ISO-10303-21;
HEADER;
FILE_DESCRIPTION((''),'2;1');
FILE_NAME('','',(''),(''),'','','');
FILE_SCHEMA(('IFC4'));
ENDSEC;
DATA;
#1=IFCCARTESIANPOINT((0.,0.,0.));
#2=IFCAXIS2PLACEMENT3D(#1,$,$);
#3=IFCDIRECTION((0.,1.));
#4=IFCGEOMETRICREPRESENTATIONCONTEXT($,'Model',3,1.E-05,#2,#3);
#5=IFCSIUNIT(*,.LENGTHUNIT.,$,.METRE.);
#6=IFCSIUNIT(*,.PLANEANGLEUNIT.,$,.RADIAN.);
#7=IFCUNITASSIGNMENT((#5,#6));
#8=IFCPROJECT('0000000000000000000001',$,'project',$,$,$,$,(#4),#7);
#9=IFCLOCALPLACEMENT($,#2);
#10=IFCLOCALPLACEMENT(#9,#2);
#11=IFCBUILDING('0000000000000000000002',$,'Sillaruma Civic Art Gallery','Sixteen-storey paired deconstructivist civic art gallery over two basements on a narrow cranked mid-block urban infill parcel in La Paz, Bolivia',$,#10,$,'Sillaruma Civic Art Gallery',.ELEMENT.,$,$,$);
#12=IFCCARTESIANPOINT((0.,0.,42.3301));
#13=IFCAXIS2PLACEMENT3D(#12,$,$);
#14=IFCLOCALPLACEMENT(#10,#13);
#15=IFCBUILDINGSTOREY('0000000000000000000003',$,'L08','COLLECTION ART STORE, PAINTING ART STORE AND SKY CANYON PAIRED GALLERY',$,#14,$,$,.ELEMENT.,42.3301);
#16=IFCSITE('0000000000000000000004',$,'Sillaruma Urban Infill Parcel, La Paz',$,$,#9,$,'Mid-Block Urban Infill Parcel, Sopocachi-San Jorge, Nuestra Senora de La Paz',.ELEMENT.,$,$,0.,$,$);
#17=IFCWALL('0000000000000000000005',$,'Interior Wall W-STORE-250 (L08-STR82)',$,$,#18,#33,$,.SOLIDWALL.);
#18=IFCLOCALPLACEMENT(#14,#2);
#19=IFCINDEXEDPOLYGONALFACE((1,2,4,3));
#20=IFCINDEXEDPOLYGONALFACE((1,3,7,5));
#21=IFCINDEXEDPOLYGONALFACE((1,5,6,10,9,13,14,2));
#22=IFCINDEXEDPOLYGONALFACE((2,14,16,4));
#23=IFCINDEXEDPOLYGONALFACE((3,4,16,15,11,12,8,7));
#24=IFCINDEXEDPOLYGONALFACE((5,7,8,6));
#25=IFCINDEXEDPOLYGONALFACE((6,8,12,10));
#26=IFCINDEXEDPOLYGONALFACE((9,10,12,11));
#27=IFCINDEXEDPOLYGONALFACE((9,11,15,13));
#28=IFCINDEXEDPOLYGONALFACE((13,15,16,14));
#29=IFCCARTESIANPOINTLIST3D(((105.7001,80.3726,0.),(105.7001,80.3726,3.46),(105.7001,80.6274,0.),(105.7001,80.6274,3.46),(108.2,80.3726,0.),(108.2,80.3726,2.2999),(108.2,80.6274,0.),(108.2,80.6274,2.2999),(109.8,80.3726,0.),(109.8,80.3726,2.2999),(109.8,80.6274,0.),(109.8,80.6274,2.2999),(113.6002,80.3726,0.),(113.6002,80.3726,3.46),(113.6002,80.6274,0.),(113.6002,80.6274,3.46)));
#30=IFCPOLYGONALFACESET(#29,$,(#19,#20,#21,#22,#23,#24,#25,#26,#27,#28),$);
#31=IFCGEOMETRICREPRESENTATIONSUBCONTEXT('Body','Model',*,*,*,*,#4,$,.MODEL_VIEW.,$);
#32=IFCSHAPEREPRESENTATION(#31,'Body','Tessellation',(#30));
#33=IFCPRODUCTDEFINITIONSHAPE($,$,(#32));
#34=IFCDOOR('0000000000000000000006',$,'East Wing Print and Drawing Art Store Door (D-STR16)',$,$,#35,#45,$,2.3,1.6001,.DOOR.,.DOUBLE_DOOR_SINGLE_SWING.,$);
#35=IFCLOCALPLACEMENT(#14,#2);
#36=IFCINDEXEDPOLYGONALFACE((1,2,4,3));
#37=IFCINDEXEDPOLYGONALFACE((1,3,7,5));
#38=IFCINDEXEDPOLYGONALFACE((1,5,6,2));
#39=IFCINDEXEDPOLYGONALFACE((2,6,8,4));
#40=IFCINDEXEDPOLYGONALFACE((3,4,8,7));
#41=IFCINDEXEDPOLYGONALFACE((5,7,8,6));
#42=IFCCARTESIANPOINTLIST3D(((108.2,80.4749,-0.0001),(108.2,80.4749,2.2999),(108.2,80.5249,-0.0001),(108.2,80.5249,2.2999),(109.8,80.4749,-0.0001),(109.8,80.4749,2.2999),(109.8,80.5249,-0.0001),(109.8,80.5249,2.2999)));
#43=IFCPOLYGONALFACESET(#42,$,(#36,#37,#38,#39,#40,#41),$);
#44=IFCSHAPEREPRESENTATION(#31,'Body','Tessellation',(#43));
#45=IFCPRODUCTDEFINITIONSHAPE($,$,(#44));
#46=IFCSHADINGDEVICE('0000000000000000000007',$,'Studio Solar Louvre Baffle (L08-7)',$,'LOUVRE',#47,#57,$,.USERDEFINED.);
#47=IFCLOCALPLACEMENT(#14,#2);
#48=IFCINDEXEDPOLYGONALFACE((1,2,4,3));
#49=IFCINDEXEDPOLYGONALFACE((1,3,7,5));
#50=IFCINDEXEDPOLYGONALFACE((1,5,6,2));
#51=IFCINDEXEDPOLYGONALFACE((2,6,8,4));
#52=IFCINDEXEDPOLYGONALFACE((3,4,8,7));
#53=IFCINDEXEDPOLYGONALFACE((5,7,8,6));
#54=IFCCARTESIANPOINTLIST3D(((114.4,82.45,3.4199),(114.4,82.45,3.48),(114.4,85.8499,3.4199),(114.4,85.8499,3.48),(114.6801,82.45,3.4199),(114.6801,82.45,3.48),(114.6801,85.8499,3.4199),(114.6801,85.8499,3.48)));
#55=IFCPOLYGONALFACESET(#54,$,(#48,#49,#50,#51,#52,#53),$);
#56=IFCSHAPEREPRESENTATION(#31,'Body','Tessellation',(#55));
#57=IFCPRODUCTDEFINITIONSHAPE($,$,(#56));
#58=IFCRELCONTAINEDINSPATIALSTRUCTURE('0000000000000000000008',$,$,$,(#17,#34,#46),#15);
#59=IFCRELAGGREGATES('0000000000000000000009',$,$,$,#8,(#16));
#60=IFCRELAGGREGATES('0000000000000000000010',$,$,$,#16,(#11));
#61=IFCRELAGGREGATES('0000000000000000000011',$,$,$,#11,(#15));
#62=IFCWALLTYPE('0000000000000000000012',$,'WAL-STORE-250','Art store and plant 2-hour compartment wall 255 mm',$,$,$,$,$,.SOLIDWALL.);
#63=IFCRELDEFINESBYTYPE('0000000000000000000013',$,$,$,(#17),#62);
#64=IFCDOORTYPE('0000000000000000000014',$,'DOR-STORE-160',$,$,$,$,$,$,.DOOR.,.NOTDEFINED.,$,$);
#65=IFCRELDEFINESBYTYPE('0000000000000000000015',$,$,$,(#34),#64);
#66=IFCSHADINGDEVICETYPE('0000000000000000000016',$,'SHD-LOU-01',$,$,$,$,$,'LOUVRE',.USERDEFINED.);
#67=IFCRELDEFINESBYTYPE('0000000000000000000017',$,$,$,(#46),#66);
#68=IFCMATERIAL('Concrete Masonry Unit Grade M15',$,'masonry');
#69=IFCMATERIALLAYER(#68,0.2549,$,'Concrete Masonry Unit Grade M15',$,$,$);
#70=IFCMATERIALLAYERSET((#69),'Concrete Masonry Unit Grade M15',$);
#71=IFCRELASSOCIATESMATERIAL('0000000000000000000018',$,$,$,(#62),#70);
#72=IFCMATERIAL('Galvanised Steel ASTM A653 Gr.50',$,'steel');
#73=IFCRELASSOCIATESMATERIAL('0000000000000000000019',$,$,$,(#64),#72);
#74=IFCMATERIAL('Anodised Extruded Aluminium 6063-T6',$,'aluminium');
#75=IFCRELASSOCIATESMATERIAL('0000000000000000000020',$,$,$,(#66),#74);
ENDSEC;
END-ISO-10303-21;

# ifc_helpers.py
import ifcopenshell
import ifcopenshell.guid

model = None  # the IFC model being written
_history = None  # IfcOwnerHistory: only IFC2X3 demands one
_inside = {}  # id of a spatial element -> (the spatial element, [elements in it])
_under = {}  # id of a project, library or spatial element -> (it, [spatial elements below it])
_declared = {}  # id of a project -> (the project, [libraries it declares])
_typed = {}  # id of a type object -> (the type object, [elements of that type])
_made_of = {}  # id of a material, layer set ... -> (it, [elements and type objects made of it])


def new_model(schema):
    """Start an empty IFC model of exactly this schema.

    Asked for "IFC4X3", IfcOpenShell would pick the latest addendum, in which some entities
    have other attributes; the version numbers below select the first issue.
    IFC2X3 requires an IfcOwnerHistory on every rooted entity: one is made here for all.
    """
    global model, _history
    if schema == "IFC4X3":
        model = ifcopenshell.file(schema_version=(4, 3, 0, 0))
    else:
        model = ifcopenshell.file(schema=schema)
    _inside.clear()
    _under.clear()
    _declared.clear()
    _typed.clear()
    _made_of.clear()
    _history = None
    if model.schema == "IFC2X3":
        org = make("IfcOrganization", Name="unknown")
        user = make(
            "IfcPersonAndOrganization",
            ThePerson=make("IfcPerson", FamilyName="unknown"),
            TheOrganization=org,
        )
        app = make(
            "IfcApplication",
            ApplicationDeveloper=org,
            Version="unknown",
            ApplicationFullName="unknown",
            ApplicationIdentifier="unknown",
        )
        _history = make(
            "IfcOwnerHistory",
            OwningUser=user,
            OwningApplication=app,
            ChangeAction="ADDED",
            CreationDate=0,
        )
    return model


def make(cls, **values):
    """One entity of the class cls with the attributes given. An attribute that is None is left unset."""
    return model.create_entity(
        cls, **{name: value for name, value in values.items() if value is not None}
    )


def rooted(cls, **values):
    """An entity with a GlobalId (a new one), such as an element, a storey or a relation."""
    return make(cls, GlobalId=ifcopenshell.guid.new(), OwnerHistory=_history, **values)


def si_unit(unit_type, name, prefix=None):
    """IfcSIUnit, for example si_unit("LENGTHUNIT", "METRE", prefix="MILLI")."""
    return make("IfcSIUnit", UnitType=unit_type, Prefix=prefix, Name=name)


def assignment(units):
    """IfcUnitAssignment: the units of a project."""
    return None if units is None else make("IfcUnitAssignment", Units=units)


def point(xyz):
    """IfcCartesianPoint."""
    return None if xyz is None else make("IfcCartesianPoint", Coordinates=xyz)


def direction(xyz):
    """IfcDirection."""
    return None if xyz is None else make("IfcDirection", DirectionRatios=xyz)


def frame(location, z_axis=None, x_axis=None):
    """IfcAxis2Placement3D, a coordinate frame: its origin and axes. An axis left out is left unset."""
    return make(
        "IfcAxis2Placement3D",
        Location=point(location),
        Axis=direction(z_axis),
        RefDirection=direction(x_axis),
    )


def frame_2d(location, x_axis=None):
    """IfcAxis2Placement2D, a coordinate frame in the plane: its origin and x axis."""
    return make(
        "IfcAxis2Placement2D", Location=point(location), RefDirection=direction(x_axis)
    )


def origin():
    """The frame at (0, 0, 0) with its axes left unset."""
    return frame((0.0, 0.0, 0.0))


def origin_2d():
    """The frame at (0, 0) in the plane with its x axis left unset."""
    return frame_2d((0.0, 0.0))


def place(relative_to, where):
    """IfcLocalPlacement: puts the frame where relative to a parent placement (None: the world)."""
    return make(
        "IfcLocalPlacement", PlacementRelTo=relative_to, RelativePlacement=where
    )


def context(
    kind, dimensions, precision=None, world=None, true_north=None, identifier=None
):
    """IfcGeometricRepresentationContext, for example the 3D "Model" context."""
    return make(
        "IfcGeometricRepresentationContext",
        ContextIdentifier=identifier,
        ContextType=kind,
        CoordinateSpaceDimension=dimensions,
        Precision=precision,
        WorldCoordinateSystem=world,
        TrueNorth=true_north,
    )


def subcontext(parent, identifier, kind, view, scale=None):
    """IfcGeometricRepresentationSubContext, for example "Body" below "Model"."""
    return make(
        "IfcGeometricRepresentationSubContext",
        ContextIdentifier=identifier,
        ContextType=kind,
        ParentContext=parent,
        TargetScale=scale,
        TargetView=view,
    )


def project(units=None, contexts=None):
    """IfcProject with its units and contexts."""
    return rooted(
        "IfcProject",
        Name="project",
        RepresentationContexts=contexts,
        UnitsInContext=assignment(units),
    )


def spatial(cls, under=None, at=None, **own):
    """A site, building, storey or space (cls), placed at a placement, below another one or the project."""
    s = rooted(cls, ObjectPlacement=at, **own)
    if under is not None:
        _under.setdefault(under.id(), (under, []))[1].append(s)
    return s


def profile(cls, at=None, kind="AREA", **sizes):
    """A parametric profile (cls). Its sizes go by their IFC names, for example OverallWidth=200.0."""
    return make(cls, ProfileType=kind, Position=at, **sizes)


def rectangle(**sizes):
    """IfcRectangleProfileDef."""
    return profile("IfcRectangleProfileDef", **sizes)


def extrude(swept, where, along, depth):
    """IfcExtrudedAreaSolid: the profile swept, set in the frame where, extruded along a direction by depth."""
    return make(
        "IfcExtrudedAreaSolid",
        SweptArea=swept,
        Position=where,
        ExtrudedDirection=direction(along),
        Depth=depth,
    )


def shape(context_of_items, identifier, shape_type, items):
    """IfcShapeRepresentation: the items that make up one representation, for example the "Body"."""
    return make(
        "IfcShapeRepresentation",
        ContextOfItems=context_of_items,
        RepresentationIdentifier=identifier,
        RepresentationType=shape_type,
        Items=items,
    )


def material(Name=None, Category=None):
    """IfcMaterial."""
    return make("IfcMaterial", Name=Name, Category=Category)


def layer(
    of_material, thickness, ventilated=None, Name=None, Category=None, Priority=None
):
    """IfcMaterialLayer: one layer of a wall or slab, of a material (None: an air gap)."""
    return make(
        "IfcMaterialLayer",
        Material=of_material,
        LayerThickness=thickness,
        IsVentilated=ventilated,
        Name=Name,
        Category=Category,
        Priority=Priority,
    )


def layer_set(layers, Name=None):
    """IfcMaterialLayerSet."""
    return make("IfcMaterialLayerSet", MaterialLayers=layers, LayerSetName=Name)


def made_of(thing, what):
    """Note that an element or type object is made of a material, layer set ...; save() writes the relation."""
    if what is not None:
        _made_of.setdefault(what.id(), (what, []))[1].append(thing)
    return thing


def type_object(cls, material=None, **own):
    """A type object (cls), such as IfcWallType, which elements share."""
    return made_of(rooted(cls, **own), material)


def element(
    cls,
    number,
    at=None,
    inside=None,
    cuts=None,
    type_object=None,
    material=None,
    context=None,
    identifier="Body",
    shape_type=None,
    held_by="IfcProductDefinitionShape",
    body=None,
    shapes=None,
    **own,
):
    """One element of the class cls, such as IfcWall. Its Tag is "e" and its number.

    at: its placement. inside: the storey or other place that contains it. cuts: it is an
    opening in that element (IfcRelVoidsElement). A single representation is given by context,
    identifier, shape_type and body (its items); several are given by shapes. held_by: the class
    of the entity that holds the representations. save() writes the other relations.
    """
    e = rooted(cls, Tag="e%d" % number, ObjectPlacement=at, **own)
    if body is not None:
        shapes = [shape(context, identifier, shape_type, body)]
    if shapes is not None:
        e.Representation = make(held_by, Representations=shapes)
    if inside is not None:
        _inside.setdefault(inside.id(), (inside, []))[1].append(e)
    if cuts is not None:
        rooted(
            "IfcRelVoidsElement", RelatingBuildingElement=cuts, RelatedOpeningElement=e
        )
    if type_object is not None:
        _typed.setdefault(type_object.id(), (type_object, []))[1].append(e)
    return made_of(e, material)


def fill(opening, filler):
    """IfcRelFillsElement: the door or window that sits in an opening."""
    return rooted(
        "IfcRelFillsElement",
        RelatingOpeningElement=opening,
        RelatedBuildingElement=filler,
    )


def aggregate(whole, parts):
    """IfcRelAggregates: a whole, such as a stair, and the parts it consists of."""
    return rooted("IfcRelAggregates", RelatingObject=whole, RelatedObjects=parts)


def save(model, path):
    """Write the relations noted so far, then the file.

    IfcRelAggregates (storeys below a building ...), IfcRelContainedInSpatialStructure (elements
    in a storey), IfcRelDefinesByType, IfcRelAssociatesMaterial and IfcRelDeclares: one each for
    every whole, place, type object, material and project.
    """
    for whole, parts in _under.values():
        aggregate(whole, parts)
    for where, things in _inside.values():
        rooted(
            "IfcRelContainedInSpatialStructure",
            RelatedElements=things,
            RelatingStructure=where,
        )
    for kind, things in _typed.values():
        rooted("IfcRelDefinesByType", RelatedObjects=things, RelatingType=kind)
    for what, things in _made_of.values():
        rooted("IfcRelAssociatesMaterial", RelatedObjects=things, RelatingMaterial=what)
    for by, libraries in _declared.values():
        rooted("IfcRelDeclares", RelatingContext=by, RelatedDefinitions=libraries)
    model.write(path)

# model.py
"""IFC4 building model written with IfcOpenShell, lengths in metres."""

from ifc_helpers import new_model, si_unit, direction, frame, frame_2d, origin, origin_2d, place, context, subcontext, project, spatial, rectangle, extrude, material, layer, layer_set, type_object, element, fill, save


model = new_model("IFC4")

# Units and contexts
model_context = context("Model", 3, precision=1e-05, world=origin(), true_north=direction((0.0, 1.0)))
body_context = subcontext(model_context, "Body", "Model", "MODEL_VIEW")
ifc_project = project(units=[si_unit("LENGTHUNIT", "METRE"), si_unit("PLANEANGLEUNIT", "RADIAN")], contexts=[model_context])

# Site, building, storey
site_placement = place(None, origin())
site = spatial("IfcSite", under=ifc_project, at=site_placement, Name="Sillaruma Urban Infill Parcel, La Paz", LongName="Mid-Block Urban Infill Parcel, Sopocachi-San Jorge, Nuestra Senora de La Paz", CompositionType="ELEMENT", RefElevation=0.0)
building_placement = place(site_placement, origin())
building = spatial("IfcBuilding", under=site, at=building_placement, Name="Sillaruma Civic Art Gallery", Description="Sixteen-storey paired deconstructivist civic art gallery over two basements on a narrow cranked mid-block urban infill parcel in La Paz, Bolivia", LongName="Sillaruma Civic Art Gallery", CompositionType="ELEMENT")
storey_placement = place(building_placement, frame((0.0, 0.0, 42.3301)))
storey = spatial("IfcBuildingStorey", under=building, at=storey_placement, Name="L08", Description="COLLECTION ART STORE, PAINTING ART STORE AND SKY CANYON PAIRED GALLERY", CompositionType="ELEMENT", Elevation=42.3301)

# Wall, opening, door
ifc_material_1 = material(Name="Concrete Masonry Unit Grade M15", Category="masonry")
ifc_layer_1 = layer(ifc_material_1, 0.2549, Name="Concrete Masonry Unit Grade M15")
ifc_layer_set_1 = layer_set([ifc_layer_1], Name="Concrete Masonry Unit Grade M15")
wall_type_1 = type_object("IfcWallType", Name="WAL-STORE-250", Description="Art store and plant 2-hour compartment wall 255 mm", PredefinedType="SOLIDWALL", material=ifc_layer_set_1)
wall_1_placement = place(storey_placement, frame((105.7, 80.5, 0.0), z_axis=(0.0, 0.0, 1.0), x_axis=(1.0, 0.0, 0.0)))
wall_1 = element("IfcWall", 1, at=wall_1_placement, inside=storey, type_object=wall_type_1, Name="Interior Wall W-STORE-250 (L08-STR82)", PredefinedType="SOLIDWALL", context=body_context, shape_type="SweptSolid", body=[
    extrude(rectangle(XDim=7.9001, YDim=0.2549, at=frame_2d((3.9502, 0.0))), origin(), (0.0, 0.0, 1.0), 3.46),
])
opening_1_placement = place(wall_1_placement, frame((2.5, 0.0, 0.0)))
opening_1 = element("IfcOpeningElement", 2, at=opening_1_placement, cuts=wall_1, PredefinedType="OPENING", context=body_context, shape_type="SweptSolid", body=[
    extrude(rectangle(XDim=1.6001, YDim=2.3, at=frame_2d((0.8, 1.1499))), frame((0.0, 0.1375, 0.0), z_axis=(0.0, -1.0, 0.0), x_axis=(1.0, 0.0, 0.0)), (0.0, 0.0, 1.0), 0.2749),
])
ifc_material_2 = material(Name="Galvanised Steel ASTM A653 Gr.50", Category="steel")
door_type = type_object("IfcDoorType", Name="DOR-STORE-160", OperationType="NOTDEFINED", PredefinedType="DOOR", material=ifc_material_2)
door_placement = place(opening_1_placement, origin())
door = element("IfcDoor", 3, at=door_placement, inside=storey, type_object=door_type, Name="East Wing Print and Drawing Art Store Door (D-STR16)", OperationType="DOUBLE_DOOR_SINGLE_SWING", OverallHeight=2.3, OverallWidth=1.6001, PredefinedType="DOOR", context=body_context, shape_type="SweptSolid", body=[
    extrude(rectangle(XDim=1.6001, YDim=2.3, at=frame_2d((0.8, 1.1499))), frame((0.0, 0.0249, 0.0), z_axis=(0.0, -1.0, 0.0), x_axis=(1.0, 0.0, 0.0)), (0.0, 0.0, 1.0), 0.05),
])
fill(opening_1, door)

# Shading device
ifc_material_3 = material(Name="Anodised Extruded Aluminium 6063-T6", Category="aluminium")
shading_device_type = type_object("IfcShadingDeviceType", Name="SHD-LOU-01", ElementType="LOUVRE", PredefinedType="USERDEFINED", material=ifc_material_3)
shading_device_placement = place(storey_placement, frame((114.54, 84.1499, 3.4199), z_axis=(0.0, 0.0, 1.0), x_axis=(0.0, 1.0, 0.0)))
element("IfcShadingDevice", 4, at=shading_device_placement, inside=storey, type_object=shading_device_type, Name="Studio Solar Louvre Baffle (L08-7)", ObjectType="LOUVRE", PredefinedType="USERDEFINED", context=body_context, shape_type="SweptSolid", body=[
    extrude(rectangle(XDim=3.3999, YDim=0.28, at=origin_2d()), origin(), (0.0, 0.0, 1.0), 0.0601),
])

save(model, "model.ifc")
